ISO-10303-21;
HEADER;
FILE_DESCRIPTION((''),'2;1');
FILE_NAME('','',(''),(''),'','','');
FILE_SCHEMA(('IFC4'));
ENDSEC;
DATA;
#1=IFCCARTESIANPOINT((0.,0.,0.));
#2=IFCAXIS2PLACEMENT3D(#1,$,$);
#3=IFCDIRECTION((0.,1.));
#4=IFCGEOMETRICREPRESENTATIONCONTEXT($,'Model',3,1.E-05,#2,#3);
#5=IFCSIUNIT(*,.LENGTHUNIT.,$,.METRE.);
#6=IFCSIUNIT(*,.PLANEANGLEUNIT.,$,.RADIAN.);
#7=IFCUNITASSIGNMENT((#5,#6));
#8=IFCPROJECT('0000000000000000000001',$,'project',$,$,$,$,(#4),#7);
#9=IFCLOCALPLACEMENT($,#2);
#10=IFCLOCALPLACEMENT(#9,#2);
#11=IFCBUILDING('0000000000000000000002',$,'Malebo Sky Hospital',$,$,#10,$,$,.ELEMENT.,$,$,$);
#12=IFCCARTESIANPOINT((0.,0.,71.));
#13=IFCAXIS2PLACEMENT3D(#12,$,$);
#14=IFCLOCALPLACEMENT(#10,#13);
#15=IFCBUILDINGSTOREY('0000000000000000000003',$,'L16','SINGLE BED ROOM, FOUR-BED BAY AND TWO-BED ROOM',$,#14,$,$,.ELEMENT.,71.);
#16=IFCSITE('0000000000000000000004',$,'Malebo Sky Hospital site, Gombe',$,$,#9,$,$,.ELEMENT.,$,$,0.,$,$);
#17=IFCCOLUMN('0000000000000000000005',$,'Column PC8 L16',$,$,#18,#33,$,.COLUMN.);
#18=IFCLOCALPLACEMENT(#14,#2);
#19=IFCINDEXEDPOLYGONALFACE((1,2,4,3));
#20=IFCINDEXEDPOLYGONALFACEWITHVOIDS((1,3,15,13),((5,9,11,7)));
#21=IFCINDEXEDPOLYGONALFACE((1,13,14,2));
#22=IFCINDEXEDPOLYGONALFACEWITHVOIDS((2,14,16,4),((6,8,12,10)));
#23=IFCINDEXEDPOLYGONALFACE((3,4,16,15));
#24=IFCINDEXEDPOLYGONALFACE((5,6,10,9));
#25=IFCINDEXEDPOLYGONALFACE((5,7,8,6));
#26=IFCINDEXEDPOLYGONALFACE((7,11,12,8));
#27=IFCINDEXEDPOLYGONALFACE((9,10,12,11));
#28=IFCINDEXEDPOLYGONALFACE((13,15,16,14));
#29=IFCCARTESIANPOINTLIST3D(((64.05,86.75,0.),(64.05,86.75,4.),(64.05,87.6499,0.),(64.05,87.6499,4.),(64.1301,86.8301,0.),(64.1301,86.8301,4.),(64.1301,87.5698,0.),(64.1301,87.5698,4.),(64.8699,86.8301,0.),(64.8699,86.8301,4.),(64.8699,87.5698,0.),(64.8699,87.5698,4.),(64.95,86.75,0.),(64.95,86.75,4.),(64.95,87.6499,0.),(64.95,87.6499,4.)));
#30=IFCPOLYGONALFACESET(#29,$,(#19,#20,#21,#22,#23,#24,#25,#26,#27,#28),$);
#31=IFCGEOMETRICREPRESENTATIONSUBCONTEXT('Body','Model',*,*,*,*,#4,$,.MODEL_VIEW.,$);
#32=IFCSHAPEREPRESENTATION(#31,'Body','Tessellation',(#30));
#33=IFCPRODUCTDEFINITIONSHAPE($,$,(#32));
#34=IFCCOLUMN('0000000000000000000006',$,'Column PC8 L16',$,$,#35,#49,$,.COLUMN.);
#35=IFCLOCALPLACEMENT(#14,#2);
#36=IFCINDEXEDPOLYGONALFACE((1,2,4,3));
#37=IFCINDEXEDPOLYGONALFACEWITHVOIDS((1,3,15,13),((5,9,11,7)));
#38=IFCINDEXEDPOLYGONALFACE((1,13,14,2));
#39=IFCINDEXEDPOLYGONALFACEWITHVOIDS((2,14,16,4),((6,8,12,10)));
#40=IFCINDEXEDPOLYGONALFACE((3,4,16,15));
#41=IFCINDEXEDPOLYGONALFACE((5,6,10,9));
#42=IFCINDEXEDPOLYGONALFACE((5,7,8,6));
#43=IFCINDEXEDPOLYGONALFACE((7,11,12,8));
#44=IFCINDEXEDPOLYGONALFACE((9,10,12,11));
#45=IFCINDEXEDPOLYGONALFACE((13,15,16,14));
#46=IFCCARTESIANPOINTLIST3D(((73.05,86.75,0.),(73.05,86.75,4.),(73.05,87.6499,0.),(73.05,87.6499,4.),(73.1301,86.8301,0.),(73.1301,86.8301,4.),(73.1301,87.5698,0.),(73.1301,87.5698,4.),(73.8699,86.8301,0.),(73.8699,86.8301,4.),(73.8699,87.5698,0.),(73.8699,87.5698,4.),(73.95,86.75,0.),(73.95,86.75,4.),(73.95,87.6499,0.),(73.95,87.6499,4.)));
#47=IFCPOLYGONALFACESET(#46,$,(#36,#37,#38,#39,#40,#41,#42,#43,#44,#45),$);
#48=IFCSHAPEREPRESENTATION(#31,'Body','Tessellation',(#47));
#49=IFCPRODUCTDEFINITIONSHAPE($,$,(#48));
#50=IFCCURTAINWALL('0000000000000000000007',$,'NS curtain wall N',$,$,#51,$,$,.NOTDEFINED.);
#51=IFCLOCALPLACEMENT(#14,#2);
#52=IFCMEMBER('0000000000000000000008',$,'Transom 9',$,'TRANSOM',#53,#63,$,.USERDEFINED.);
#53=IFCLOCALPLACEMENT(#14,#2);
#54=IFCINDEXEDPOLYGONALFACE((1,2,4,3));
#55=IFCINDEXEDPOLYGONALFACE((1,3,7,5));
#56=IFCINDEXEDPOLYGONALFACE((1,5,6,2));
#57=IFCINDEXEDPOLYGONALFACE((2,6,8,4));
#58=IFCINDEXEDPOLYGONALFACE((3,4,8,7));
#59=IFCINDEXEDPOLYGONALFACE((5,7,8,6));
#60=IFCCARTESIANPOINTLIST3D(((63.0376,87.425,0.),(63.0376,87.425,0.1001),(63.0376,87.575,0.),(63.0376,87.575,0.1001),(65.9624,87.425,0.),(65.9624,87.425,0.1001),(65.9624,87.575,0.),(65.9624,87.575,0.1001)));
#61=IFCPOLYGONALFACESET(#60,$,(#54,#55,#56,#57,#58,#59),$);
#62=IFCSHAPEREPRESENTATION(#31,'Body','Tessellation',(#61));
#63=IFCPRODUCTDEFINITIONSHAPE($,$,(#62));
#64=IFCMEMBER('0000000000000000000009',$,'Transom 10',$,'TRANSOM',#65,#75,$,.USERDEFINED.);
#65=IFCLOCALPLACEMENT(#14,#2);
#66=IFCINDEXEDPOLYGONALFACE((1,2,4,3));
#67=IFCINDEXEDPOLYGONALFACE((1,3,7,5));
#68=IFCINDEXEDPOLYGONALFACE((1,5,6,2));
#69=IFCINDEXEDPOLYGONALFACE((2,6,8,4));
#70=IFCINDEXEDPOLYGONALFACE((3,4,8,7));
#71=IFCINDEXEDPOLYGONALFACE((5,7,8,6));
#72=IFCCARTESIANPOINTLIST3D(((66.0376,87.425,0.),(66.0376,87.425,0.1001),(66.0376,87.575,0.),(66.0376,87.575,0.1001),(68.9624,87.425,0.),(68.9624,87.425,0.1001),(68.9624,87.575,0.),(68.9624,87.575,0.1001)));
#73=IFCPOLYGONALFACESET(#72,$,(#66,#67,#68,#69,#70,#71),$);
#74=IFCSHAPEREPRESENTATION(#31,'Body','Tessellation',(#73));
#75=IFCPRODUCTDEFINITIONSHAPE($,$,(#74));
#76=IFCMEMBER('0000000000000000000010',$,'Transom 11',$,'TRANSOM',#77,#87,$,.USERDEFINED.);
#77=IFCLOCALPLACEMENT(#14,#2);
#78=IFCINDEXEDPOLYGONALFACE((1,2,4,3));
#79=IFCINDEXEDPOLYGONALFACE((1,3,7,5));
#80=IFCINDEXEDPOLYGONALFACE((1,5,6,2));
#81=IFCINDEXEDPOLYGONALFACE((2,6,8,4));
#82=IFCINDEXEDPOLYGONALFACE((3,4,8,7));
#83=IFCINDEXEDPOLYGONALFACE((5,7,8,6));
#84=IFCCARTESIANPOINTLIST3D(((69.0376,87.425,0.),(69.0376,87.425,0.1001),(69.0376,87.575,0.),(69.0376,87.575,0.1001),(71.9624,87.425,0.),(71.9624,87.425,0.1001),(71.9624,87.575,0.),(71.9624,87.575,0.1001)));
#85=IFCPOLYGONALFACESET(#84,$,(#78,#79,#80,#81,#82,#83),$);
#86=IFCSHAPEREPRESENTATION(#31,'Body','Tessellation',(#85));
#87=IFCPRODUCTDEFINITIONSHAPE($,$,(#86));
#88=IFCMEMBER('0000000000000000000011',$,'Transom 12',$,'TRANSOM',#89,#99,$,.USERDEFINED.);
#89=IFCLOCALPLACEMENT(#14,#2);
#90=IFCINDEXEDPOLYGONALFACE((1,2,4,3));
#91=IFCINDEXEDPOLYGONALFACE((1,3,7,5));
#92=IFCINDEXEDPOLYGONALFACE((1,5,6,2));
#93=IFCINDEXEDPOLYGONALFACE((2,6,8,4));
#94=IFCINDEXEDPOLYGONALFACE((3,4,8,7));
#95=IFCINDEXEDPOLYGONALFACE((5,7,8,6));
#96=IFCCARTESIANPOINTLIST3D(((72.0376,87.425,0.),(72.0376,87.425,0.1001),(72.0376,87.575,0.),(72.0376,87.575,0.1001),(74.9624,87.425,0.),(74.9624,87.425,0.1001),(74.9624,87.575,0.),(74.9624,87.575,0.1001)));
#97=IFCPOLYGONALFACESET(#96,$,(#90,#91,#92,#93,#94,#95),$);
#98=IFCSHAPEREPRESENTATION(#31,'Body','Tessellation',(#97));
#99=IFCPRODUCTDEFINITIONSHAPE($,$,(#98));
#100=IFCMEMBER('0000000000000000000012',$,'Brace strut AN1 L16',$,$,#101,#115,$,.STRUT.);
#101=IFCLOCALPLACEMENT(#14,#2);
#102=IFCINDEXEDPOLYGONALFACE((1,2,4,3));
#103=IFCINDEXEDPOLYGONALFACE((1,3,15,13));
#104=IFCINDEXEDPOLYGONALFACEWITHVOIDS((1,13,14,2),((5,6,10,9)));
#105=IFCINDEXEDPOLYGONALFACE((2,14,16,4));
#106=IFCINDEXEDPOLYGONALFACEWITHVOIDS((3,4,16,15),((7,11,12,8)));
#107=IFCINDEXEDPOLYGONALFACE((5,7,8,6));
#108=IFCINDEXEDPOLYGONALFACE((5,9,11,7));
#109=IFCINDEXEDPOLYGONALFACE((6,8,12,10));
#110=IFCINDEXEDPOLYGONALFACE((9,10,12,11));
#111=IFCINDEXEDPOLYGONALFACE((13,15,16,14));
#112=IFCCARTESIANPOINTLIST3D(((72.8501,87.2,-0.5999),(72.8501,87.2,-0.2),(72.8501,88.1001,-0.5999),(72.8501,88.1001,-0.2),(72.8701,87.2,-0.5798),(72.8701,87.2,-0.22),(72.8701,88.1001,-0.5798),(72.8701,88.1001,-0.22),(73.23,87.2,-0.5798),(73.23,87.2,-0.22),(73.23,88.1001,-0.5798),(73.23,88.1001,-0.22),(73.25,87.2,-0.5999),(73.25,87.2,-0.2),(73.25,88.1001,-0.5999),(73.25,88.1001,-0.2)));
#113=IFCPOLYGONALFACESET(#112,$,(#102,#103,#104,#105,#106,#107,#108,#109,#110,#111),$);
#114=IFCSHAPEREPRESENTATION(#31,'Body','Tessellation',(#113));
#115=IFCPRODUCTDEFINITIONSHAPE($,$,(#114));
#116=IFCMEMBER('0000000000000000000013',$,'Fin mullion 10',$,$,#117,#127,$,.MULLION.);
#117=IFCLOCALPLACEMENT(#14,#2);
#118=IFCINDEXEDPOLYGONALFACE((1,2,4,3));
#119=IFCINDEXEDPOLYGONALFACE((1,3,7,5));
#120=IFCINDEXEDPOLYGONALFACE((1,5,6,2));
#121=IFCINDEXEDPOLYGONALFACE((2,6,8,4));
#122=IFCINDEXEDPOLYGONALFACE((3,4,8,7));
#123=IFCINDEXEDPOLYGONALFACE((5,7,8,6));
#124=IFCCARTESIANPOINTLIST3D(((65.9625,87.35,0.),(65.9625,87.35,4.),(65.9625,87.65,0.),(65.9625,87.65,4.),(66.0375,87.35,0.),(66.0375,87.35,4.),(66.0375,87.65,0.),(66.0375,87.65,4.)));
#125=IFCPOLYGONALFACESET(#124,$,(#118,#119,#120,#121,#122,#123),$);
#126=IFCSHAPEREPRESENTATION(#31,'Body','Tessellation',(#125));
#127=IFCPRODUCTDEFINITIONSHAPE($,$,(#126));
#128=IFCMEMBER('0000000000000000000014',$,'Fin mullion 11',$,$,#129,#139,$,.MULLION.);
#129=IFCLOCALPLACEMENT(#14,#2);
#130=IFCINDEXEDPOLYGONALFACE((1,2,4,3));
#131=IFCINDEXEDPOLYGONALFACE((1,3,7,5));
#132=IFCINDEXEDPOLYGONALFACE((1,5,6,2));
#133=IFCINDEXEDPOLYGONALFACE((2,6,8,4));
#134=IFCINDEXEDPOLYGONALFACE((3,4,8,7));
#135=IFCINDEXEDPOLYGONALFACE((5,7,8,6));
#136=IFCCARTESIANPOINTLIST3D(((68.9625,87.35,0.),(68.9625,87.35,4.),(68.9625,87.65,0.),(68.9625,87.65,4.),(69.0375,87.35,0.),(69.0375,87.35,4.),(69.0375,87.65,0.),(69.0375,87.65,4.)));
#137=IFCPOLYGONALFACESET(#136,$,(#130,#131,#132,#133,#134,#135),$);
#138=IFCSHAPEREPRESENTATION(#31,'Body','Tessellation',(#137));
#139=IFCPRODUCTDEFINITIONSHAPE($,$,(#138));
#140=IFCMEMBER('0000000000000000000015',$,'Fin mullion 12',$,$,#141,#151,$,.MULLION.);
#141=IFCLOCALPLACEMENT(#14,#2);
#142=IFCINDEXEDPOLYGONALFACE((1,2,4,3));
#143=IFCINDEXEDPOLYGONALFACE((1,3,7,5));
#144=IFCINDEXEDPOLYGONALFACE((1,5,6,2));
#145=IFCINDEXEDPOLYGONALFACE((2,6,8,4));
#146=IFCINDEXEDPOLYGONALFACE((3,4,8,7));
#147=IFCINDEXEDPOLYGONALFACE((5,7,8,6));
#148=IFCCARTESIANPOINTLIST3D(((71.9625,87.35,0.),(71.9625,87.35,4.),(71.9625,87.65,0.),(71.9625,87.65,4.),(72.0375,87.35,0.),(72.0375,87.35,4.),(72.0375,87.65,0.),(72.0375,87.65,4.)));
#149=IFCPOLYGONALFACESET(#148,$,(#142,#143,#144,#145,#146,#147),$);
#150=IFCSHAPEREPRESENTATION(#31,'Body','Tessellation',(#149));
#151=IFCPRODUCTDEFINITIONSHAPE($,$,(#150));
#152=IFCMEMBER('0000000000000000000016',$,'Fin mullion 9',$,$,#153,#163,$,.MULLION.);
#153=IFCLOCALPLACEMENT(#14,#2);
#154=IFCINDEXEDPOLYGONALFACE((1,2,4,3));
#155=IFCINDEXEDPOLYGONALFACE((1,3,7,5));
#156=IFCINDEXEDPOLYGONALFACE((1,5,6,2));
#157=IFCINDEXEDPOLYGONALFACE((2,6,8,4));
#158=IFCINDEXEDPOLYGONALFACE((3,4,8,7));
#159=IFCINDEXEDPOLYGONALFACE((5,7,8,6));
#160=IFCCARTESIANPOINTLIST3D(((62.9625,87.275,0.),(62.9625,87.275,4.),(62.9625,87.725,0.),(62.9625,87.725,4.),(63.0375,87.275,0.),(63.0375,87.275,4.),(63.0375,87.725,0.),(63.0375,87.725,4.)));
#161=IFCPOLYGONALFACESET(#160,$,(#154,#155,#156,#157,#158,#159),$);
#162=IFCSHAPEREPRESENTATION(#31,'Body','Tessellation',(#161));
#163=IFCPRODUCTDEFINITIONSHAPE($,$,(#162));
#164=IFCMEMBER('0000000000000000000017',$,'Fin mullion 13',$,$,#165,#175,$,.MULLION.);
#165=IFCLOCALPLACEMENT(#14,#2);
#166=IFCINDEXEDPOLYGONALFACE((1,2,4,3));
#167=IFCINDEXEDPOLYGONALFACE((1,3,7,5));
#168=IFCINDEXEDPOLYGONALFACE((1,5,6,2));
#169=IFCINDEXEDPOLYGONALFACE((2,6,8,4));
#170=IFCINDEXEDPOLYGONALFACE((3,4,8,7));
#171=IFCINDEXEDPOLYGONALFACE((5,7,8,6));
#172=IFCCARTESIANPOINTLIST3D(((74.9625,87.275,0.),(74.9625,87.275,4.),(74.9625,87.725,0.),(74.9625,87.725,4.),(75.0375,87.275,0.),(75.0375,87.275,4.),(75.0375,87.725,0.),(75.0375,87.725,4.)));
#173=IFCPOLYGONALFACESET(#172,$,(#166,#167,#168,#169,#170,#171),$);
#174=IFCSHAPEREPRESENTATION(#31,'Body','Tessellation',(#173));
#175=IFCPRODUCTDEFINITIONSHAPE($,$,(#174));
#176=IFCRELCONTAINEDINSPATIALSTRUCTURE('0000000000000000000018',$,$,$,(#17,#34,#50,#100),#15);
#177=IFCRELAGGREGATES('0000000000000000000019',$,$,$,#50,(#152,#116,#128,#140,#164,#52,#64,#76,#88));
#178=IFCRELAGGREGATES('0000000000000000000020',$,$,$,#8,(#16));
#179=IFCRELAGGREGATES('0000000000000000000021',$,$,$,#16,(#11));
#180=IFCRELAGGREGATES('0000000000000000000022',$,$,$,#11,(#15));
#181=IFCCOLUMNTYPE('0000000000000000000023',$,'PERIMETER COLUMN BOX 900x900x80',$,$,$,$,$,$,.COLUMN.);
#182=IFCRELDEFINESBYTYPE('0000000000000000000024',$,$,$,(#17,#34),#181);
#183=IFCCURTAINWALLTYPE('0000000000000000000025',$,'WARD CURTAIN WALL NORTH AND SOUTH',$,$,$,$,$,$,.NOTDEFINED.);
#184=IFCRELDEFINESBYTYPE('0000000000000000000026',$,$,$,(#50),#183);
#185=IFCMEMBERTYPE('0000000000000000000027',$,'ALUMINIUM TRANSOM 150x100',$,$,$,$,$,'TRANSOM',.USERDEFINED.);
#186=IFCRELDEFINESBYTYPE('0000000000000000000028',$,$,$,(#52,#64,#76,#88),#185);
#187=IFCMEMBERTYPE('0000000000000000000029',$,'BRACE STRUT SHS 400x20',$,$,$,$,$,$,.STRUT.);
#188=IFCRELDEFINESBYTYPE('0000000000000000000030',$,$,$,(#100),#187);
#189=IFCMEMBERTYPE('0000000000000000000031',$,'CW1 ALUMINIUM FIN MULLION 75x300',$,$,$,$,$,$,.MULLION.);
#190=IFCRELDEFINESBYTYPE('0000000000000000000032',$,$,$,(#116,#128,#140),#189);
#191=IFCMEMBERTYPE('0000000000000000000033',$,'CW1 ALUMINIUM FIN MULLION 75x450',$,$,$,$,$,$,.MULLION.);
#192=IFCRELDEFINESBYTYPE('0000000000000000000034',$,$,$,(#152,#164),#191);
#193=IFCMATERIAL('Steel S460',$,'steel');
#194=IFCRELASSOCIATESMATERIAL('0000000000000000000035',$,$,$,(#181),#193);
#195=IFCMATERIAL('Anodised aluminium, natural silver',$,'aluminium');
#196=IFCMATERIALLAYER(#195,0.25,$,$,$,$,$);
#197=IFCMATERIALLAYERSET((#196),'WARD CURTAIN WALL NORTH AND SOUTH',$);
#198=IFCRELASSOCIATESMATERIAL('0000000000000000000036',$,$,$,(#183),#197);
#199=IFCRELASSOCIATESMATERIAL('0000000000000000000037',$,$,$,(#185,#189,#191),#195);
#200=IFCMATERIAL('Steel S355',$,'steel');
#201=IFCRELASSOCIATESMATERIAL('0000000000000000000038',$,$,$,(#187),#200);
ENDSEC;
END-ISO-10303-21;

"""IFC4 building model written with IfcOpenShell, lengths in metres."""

from ifc_helpers import new_model, si_unit, direction, frame, origin, origin_2d, place, context, subcontext, project, spatial, rectangle, hollow_rectangle, extrude, material, layer, layer_set, material_profile, profile_set, type_object, element, aggregate, save


model = new_model("IFC4")

# Units and contexts
model_context = context("Model", 3, precision=1e-05, world=origin(), true_north=direction((0.0, 1.0)))
body_context = subcontext(model_context, "Body", "Model", "MODEL_VIEW")
ifc_project = project(units=[si_unit("LENGTHUNIT", "METRE"), si_unit("PLANEANGLEUNIT", "RADIAN")], contexts=[model_context])

# Site, building, storey
site_placement = place(None, origin())
site = spatial("IfcSite", under=ifc_project, at=site_placement, Name="Malebo Sky Hospital site, Gombe", CompositionType="ELEMENT", RefElevation=0.0)
building_placement = place(site_placement, origin())
building = spatial("IfcBuilding", under=site, at=building_placement, Name="Malebo Sky Hospital", CompositionType="ELEMENT")
storey_placement = place(building_placement, frame((0.0, 0.0, 71.0)))
storey = spatial("IfcBuildingStorey", under=building, at=storey_placement, Name="L16", Description="SINGLE BED ROOM, FOUR-BED BAY AND TWO-BED ROOM", CompositionType="ELEMENT", Elevation=71.0)

# Columns
ifc_material_1 = material(Name="Steel S460", Category="steel")
ifc_material_profile_1 = material_profile(ifc_material_1, hollow_rectangle(XDim=0.8999, YDim=0.8999, WallThickness=0.0801, at=origin_2d()), Name="BOX 900x900x80")
ifc_profile_set_1 = profile_set([ifc_material_profile_1], Name="Steel S460")
column_type = type_object("IfcColumnType", Name="PERIMETER COLUMN BOX 900x900x80", PredefinedType="COLUMN", material=ifc_profile_set_1)
for number, where, z_axis, x_axis, name in (
    (1, (64.5, 87.2, 0.0), (0.0, 0.0, 1.0), (1.0, 0.0, 0.0), "Column PC8 L16"),
    (2, (73.5, 87.2, 0.0), (0.0, 0.0, 1.0), (1.0, 0.0, 0.0), "Column PC8 L16"),
):
    element("IfcColumn", number, at=place(storey_placement, frame(where, z_axis=z_axis, x_axis=x_axis)), inside=storey, type_object=column_type, Name=name, PredefinedType="COLUMN", context=body_context, shape_type="SweptSolid", body=[
        extrude(hollow_rectangle(XDim=0.8999, YDim=0.8999, WallThickness=0.0801, at=origin_2d()), origin(), (0.0, 0.0, 1.0), 4.0),
    ])

# Curtain wall, members
ifc_material_2 = material(Name="Anodised aluminium, natural silver", Category="aluminium")
ifc_layer_1 = layer(ifc_material_2, 0.25)
ifc_layer_set_1 = layer_set([ifc_layer_1], Name="WARD CURTAIN WALL NORTH AND SOUTH")
curtain_wall_type = type_object("IfcCurtainWallType", Name="WARD CURTAIN WALL NORTH AND SOUTH", PredefinedType="NOTDEFINED", material=ifc_layer_set_1)
curtain_wall_placement = place(storey_placement, origin())
curtain_wall = element("IfcCurtainWall", 3, at=curtain_wall_placement, inside=storey, type_object=curtain_wall_type, Name="NS curtain wall N", PredefinedType="NOTDEFINED")
ifc_material_profile_2 = material_profile(ifc_material_2, rectangle(XDim=0.1499, YDim=0.1001, at=origin_2d()), Name="ALUMINIUM TRANSOM 150x100")
ifc_profile_set_2 = profile_set([ifc_material_profile_2], Name="Anodised aluminium, natural silver")
member_type_1 = type_object("IfcMemberType", Name="ALUMINIUM TRANSOM 150x100", ElementType="TRANSOM", PredefinedType="USERDEFINED", material=ifc_profile_set_2)
member_1_placement = place(storey_placement, frame((63.0376, 87.5, 0.05), z_axis=(1.0, 0.0, 0.0), x_axis=(0.0, 1.0, 0.0)))
member_1 = element("IfcMember", 4, at=member_1_placement, type_object=member_type_1, Name="Transom 9", ObjectType="TRANSOM", PredefinedType="USERDEFINED", context=body_context, shape_type="SweptSolid", body=[
    extrude(rectangle(XDim=0.1499, YDim=0.1001, at=origin_2d()), origin(), (0.0, 0.0, 1.0), 2.9248),
])
member_2_placement = place(storey_placement, frame((66.0376, 87.5, 0.05), z_axis=(1.0, 0.0, 0.0), x_axis=(0.0, 1.0, 0.0)))
member_2 = element("IfcMember", 5, at=member_2_placement, type_object=member_type_1, Name="Transom 10", ObjectType="TRANSOM", PredefinedType="USERDEFINED", context=body_context, shape_type="SweptSolid", body=[
    extrude(rectangle(XDim=0.1499, YDim=0.1001, at=origin_2d()), origin(), (0.0, 0.0, 1.0), 2.9248),
])
member_3_placement = place(storey_placement, frame((69.0376, 87.5, 0.05), z_axis=(1.0, 0.0, 0.0), x_axis=(0.0, 1.0, 0.0)))
member_3 = element("IfcMember", 6, at=member_3_placement, type_object=member_type_1, Name="Transom 11", ObjectType="TRANSOM", PredefinedType="USERDEFINED", context=body_context, shape_type="SweptSolid", body=[
    extrude(rectangle(XDim=0.1499, YDim=0.1001, at=origin_2d()), origin(), (0.0, 0.0, 1.0), 2.9248),
])
member_4_placement = place(storey_placement, frame((72.0376, 87.5, 0.05), z_axis=(1.0, 0.0, 0.0), x_axis=(0.0, 1.0, 0.0)))
member_4 = element("IfcMember", 7, at=member_4_placement, type_object=member_type_1, Name="Transom 12", ObjectType="TRANSOM", PredefinedType="USERDEFINED", context=body_context, shape_type="SweptSolid", body=[
    extrude(rectangle(XDim=0.1499, YDim=0.1001, at=origin_2d()), origin(), (0.0, 0.0, 1.0), 2.9248),
])

# Members
ifc_material_3 = material(Name="Steel S355", Category="steel")
ifc_material_profile_3 = material_profile(ifc_material_3, hollow_rectangle(XDim=0.3999, YDim=0.3999, WallThickness=0.02, at=origin_2d()), Name="SHS 400x20")
ifc_profile_set_3 = profile_set([ifc_material_profile_3], Name="Steel S355")
member_type_2 = type_object("IfcMemberType", Name="BRACE STRUT SHS 400x20", PredefinedType="STRUT", material=ifc_profile_set_3)
member_5_placement = place(storey_placement, frame((73.05, 88.1001, -0.3999), z_axis=(0.0, -1.0, 0.0), x_axis=(1.0, 0.0, 0.0)))
element("IfcMember", 8, at=member_5_placement, inside=storey, type_object=member_type_2, Name="Brace strut AN1 L16", PredefinedType="STRUT", context=body_context, shape_type="SweptSolid", body=[
    extrude(hollow_rectangle(XDim=0.3999, YDim=0.3999, WallThickness=0.02, at=origin_2d()), origin(), (0.0, 0.0, 1.0), 0.9001),
])
ifc_material_profile_4 = material_profile(ifc_material_2, rectangle(XDim=0.075, YDim=0.3, at=origin_2d()), Name="CW1 ALUMINIUM FIN MULLION 75x300")
ifc_profile_set_4 = profile_set([ifc_material_profile_4], Name="Anodised aluminium, natural silver")
member_type_3 = type_object("IfcMemberType", Name="CW1 ALUMINIUM FIN MULLION 75x300", PredefinedType="MULLION", material=ifc_profile_set_4)
member_6_placement = place(storey_placement, frame((66.0, 87.5, 0.0), z_axis=(0.0, 0.0, 1.0), x_axis=(1.0, 0.0, 0.0)))
member_6 = element("IfcMember", 9, at=member_6_placement, type_object=member_type_3, Name="Fin mullion 10", PredefinedType="MULLION", context=body_context, shape_type="SweptSolid", body=[
    extrude(rectangle(XDim=0.075, YDim=0.3, at=origin_2d()), origin(), (0.0, 0.0, 1.0), 4.0),
])
member_7_placement = place(storey_placement, frame((69.0, 87.5, 0.0), z_axis=(0.0, 0.0, 1.0), x_axis=(1.0, 0.0, 0.0)))
member_7 = element("IfcMember", 10, at=member_7_placement, type_object=member_type_3, Name="Fin mullion 11", PredefinedType="MULLION", context=body_context, shape_type="SweptSolid", body=[
    extrude(rectangle(XDim=0.075, YDim=0.3, at=origin_2d()), origin(), (0.0, 0.0, 1.0), 4.0),
])
member_8_placement = place(storey_placement, frame((72.0, 87.5, 0.0), z_axis=(0.0, 0.0, 1.0), x_axis=(1.0, 0.0, 0.0)))
member_8 = element("IfcMember", 11, at=member_8_placement, type_object=member_type_3, Name="Fin mullion 12", PredefinedType="MULLION", context=body_context, shape_type="SweptSolid", body=[
    extrude(rectangle(XDim=0.075, YDim=0.3, at=origin_2d()), origin(), (0.0, 0.0, 1.0), 4.0),
])
ifc_material_profile_5 = material_profile(ifc_material_2, rectangle(XDim=0.075, YDim=0.45, at=origin_2d()), Name="CW1 ALUMINIUM FIN MULLION 75x450")
ifc_profile_set_5 = profile_set([ifc_material_profile_5], Name="Anodised aluminium, natural silver")
member_type_4 = type_object("IfcMemberType", Name="CW1 ALUMINIUM FIN MULLION 75x450", PredefinedType="MULLION", material=ifc_profile_set_5)
member_9_placement = place(storey_placement, frame((63.0, 87.5, 0.0), z_axis=(0.0, 0.0, 1.0), x_axis=(1.0, 0.0, 0.0)))
member_9 = element("IfcMember", 12, at=member_9_placement, type_object=member_type_4, Name="Fin mullion 9", PredefinedType="MULLION", context=body_context, shape_type="SweptSolid", body=[
    extrude(rectangle(XDim=0.075, YDim=0.45, at=origin_2d()), origin(), (0.0, 0.0, 1.0), 4.0),
])
member_10_placement = place(storey_placement, frame((75.0, 87.5, 0.0), z_axis=(0.0, 0.0, 1.0), x_axis=(1.0, 0.0, 0.0)))
member_10 = element("IfcMember", 13, at=member_10_placement, type_object=member_type_4, Name="Fin mullion 13", PredefinedType="MULLION", context=body_context, shape_type="SweptSolid", body=[
    extrude(rectangle(XDim=0.075, YDim=0.45, at=origin_2d()), origin(), (0.0, 0.0, 1.0), 4.0),
])

aggregate(curtain_wall, [member_9, member_6, member_7, member_8, member_10, member_1, member_2, member_3, member_4])

save(model, "model.ifc")
